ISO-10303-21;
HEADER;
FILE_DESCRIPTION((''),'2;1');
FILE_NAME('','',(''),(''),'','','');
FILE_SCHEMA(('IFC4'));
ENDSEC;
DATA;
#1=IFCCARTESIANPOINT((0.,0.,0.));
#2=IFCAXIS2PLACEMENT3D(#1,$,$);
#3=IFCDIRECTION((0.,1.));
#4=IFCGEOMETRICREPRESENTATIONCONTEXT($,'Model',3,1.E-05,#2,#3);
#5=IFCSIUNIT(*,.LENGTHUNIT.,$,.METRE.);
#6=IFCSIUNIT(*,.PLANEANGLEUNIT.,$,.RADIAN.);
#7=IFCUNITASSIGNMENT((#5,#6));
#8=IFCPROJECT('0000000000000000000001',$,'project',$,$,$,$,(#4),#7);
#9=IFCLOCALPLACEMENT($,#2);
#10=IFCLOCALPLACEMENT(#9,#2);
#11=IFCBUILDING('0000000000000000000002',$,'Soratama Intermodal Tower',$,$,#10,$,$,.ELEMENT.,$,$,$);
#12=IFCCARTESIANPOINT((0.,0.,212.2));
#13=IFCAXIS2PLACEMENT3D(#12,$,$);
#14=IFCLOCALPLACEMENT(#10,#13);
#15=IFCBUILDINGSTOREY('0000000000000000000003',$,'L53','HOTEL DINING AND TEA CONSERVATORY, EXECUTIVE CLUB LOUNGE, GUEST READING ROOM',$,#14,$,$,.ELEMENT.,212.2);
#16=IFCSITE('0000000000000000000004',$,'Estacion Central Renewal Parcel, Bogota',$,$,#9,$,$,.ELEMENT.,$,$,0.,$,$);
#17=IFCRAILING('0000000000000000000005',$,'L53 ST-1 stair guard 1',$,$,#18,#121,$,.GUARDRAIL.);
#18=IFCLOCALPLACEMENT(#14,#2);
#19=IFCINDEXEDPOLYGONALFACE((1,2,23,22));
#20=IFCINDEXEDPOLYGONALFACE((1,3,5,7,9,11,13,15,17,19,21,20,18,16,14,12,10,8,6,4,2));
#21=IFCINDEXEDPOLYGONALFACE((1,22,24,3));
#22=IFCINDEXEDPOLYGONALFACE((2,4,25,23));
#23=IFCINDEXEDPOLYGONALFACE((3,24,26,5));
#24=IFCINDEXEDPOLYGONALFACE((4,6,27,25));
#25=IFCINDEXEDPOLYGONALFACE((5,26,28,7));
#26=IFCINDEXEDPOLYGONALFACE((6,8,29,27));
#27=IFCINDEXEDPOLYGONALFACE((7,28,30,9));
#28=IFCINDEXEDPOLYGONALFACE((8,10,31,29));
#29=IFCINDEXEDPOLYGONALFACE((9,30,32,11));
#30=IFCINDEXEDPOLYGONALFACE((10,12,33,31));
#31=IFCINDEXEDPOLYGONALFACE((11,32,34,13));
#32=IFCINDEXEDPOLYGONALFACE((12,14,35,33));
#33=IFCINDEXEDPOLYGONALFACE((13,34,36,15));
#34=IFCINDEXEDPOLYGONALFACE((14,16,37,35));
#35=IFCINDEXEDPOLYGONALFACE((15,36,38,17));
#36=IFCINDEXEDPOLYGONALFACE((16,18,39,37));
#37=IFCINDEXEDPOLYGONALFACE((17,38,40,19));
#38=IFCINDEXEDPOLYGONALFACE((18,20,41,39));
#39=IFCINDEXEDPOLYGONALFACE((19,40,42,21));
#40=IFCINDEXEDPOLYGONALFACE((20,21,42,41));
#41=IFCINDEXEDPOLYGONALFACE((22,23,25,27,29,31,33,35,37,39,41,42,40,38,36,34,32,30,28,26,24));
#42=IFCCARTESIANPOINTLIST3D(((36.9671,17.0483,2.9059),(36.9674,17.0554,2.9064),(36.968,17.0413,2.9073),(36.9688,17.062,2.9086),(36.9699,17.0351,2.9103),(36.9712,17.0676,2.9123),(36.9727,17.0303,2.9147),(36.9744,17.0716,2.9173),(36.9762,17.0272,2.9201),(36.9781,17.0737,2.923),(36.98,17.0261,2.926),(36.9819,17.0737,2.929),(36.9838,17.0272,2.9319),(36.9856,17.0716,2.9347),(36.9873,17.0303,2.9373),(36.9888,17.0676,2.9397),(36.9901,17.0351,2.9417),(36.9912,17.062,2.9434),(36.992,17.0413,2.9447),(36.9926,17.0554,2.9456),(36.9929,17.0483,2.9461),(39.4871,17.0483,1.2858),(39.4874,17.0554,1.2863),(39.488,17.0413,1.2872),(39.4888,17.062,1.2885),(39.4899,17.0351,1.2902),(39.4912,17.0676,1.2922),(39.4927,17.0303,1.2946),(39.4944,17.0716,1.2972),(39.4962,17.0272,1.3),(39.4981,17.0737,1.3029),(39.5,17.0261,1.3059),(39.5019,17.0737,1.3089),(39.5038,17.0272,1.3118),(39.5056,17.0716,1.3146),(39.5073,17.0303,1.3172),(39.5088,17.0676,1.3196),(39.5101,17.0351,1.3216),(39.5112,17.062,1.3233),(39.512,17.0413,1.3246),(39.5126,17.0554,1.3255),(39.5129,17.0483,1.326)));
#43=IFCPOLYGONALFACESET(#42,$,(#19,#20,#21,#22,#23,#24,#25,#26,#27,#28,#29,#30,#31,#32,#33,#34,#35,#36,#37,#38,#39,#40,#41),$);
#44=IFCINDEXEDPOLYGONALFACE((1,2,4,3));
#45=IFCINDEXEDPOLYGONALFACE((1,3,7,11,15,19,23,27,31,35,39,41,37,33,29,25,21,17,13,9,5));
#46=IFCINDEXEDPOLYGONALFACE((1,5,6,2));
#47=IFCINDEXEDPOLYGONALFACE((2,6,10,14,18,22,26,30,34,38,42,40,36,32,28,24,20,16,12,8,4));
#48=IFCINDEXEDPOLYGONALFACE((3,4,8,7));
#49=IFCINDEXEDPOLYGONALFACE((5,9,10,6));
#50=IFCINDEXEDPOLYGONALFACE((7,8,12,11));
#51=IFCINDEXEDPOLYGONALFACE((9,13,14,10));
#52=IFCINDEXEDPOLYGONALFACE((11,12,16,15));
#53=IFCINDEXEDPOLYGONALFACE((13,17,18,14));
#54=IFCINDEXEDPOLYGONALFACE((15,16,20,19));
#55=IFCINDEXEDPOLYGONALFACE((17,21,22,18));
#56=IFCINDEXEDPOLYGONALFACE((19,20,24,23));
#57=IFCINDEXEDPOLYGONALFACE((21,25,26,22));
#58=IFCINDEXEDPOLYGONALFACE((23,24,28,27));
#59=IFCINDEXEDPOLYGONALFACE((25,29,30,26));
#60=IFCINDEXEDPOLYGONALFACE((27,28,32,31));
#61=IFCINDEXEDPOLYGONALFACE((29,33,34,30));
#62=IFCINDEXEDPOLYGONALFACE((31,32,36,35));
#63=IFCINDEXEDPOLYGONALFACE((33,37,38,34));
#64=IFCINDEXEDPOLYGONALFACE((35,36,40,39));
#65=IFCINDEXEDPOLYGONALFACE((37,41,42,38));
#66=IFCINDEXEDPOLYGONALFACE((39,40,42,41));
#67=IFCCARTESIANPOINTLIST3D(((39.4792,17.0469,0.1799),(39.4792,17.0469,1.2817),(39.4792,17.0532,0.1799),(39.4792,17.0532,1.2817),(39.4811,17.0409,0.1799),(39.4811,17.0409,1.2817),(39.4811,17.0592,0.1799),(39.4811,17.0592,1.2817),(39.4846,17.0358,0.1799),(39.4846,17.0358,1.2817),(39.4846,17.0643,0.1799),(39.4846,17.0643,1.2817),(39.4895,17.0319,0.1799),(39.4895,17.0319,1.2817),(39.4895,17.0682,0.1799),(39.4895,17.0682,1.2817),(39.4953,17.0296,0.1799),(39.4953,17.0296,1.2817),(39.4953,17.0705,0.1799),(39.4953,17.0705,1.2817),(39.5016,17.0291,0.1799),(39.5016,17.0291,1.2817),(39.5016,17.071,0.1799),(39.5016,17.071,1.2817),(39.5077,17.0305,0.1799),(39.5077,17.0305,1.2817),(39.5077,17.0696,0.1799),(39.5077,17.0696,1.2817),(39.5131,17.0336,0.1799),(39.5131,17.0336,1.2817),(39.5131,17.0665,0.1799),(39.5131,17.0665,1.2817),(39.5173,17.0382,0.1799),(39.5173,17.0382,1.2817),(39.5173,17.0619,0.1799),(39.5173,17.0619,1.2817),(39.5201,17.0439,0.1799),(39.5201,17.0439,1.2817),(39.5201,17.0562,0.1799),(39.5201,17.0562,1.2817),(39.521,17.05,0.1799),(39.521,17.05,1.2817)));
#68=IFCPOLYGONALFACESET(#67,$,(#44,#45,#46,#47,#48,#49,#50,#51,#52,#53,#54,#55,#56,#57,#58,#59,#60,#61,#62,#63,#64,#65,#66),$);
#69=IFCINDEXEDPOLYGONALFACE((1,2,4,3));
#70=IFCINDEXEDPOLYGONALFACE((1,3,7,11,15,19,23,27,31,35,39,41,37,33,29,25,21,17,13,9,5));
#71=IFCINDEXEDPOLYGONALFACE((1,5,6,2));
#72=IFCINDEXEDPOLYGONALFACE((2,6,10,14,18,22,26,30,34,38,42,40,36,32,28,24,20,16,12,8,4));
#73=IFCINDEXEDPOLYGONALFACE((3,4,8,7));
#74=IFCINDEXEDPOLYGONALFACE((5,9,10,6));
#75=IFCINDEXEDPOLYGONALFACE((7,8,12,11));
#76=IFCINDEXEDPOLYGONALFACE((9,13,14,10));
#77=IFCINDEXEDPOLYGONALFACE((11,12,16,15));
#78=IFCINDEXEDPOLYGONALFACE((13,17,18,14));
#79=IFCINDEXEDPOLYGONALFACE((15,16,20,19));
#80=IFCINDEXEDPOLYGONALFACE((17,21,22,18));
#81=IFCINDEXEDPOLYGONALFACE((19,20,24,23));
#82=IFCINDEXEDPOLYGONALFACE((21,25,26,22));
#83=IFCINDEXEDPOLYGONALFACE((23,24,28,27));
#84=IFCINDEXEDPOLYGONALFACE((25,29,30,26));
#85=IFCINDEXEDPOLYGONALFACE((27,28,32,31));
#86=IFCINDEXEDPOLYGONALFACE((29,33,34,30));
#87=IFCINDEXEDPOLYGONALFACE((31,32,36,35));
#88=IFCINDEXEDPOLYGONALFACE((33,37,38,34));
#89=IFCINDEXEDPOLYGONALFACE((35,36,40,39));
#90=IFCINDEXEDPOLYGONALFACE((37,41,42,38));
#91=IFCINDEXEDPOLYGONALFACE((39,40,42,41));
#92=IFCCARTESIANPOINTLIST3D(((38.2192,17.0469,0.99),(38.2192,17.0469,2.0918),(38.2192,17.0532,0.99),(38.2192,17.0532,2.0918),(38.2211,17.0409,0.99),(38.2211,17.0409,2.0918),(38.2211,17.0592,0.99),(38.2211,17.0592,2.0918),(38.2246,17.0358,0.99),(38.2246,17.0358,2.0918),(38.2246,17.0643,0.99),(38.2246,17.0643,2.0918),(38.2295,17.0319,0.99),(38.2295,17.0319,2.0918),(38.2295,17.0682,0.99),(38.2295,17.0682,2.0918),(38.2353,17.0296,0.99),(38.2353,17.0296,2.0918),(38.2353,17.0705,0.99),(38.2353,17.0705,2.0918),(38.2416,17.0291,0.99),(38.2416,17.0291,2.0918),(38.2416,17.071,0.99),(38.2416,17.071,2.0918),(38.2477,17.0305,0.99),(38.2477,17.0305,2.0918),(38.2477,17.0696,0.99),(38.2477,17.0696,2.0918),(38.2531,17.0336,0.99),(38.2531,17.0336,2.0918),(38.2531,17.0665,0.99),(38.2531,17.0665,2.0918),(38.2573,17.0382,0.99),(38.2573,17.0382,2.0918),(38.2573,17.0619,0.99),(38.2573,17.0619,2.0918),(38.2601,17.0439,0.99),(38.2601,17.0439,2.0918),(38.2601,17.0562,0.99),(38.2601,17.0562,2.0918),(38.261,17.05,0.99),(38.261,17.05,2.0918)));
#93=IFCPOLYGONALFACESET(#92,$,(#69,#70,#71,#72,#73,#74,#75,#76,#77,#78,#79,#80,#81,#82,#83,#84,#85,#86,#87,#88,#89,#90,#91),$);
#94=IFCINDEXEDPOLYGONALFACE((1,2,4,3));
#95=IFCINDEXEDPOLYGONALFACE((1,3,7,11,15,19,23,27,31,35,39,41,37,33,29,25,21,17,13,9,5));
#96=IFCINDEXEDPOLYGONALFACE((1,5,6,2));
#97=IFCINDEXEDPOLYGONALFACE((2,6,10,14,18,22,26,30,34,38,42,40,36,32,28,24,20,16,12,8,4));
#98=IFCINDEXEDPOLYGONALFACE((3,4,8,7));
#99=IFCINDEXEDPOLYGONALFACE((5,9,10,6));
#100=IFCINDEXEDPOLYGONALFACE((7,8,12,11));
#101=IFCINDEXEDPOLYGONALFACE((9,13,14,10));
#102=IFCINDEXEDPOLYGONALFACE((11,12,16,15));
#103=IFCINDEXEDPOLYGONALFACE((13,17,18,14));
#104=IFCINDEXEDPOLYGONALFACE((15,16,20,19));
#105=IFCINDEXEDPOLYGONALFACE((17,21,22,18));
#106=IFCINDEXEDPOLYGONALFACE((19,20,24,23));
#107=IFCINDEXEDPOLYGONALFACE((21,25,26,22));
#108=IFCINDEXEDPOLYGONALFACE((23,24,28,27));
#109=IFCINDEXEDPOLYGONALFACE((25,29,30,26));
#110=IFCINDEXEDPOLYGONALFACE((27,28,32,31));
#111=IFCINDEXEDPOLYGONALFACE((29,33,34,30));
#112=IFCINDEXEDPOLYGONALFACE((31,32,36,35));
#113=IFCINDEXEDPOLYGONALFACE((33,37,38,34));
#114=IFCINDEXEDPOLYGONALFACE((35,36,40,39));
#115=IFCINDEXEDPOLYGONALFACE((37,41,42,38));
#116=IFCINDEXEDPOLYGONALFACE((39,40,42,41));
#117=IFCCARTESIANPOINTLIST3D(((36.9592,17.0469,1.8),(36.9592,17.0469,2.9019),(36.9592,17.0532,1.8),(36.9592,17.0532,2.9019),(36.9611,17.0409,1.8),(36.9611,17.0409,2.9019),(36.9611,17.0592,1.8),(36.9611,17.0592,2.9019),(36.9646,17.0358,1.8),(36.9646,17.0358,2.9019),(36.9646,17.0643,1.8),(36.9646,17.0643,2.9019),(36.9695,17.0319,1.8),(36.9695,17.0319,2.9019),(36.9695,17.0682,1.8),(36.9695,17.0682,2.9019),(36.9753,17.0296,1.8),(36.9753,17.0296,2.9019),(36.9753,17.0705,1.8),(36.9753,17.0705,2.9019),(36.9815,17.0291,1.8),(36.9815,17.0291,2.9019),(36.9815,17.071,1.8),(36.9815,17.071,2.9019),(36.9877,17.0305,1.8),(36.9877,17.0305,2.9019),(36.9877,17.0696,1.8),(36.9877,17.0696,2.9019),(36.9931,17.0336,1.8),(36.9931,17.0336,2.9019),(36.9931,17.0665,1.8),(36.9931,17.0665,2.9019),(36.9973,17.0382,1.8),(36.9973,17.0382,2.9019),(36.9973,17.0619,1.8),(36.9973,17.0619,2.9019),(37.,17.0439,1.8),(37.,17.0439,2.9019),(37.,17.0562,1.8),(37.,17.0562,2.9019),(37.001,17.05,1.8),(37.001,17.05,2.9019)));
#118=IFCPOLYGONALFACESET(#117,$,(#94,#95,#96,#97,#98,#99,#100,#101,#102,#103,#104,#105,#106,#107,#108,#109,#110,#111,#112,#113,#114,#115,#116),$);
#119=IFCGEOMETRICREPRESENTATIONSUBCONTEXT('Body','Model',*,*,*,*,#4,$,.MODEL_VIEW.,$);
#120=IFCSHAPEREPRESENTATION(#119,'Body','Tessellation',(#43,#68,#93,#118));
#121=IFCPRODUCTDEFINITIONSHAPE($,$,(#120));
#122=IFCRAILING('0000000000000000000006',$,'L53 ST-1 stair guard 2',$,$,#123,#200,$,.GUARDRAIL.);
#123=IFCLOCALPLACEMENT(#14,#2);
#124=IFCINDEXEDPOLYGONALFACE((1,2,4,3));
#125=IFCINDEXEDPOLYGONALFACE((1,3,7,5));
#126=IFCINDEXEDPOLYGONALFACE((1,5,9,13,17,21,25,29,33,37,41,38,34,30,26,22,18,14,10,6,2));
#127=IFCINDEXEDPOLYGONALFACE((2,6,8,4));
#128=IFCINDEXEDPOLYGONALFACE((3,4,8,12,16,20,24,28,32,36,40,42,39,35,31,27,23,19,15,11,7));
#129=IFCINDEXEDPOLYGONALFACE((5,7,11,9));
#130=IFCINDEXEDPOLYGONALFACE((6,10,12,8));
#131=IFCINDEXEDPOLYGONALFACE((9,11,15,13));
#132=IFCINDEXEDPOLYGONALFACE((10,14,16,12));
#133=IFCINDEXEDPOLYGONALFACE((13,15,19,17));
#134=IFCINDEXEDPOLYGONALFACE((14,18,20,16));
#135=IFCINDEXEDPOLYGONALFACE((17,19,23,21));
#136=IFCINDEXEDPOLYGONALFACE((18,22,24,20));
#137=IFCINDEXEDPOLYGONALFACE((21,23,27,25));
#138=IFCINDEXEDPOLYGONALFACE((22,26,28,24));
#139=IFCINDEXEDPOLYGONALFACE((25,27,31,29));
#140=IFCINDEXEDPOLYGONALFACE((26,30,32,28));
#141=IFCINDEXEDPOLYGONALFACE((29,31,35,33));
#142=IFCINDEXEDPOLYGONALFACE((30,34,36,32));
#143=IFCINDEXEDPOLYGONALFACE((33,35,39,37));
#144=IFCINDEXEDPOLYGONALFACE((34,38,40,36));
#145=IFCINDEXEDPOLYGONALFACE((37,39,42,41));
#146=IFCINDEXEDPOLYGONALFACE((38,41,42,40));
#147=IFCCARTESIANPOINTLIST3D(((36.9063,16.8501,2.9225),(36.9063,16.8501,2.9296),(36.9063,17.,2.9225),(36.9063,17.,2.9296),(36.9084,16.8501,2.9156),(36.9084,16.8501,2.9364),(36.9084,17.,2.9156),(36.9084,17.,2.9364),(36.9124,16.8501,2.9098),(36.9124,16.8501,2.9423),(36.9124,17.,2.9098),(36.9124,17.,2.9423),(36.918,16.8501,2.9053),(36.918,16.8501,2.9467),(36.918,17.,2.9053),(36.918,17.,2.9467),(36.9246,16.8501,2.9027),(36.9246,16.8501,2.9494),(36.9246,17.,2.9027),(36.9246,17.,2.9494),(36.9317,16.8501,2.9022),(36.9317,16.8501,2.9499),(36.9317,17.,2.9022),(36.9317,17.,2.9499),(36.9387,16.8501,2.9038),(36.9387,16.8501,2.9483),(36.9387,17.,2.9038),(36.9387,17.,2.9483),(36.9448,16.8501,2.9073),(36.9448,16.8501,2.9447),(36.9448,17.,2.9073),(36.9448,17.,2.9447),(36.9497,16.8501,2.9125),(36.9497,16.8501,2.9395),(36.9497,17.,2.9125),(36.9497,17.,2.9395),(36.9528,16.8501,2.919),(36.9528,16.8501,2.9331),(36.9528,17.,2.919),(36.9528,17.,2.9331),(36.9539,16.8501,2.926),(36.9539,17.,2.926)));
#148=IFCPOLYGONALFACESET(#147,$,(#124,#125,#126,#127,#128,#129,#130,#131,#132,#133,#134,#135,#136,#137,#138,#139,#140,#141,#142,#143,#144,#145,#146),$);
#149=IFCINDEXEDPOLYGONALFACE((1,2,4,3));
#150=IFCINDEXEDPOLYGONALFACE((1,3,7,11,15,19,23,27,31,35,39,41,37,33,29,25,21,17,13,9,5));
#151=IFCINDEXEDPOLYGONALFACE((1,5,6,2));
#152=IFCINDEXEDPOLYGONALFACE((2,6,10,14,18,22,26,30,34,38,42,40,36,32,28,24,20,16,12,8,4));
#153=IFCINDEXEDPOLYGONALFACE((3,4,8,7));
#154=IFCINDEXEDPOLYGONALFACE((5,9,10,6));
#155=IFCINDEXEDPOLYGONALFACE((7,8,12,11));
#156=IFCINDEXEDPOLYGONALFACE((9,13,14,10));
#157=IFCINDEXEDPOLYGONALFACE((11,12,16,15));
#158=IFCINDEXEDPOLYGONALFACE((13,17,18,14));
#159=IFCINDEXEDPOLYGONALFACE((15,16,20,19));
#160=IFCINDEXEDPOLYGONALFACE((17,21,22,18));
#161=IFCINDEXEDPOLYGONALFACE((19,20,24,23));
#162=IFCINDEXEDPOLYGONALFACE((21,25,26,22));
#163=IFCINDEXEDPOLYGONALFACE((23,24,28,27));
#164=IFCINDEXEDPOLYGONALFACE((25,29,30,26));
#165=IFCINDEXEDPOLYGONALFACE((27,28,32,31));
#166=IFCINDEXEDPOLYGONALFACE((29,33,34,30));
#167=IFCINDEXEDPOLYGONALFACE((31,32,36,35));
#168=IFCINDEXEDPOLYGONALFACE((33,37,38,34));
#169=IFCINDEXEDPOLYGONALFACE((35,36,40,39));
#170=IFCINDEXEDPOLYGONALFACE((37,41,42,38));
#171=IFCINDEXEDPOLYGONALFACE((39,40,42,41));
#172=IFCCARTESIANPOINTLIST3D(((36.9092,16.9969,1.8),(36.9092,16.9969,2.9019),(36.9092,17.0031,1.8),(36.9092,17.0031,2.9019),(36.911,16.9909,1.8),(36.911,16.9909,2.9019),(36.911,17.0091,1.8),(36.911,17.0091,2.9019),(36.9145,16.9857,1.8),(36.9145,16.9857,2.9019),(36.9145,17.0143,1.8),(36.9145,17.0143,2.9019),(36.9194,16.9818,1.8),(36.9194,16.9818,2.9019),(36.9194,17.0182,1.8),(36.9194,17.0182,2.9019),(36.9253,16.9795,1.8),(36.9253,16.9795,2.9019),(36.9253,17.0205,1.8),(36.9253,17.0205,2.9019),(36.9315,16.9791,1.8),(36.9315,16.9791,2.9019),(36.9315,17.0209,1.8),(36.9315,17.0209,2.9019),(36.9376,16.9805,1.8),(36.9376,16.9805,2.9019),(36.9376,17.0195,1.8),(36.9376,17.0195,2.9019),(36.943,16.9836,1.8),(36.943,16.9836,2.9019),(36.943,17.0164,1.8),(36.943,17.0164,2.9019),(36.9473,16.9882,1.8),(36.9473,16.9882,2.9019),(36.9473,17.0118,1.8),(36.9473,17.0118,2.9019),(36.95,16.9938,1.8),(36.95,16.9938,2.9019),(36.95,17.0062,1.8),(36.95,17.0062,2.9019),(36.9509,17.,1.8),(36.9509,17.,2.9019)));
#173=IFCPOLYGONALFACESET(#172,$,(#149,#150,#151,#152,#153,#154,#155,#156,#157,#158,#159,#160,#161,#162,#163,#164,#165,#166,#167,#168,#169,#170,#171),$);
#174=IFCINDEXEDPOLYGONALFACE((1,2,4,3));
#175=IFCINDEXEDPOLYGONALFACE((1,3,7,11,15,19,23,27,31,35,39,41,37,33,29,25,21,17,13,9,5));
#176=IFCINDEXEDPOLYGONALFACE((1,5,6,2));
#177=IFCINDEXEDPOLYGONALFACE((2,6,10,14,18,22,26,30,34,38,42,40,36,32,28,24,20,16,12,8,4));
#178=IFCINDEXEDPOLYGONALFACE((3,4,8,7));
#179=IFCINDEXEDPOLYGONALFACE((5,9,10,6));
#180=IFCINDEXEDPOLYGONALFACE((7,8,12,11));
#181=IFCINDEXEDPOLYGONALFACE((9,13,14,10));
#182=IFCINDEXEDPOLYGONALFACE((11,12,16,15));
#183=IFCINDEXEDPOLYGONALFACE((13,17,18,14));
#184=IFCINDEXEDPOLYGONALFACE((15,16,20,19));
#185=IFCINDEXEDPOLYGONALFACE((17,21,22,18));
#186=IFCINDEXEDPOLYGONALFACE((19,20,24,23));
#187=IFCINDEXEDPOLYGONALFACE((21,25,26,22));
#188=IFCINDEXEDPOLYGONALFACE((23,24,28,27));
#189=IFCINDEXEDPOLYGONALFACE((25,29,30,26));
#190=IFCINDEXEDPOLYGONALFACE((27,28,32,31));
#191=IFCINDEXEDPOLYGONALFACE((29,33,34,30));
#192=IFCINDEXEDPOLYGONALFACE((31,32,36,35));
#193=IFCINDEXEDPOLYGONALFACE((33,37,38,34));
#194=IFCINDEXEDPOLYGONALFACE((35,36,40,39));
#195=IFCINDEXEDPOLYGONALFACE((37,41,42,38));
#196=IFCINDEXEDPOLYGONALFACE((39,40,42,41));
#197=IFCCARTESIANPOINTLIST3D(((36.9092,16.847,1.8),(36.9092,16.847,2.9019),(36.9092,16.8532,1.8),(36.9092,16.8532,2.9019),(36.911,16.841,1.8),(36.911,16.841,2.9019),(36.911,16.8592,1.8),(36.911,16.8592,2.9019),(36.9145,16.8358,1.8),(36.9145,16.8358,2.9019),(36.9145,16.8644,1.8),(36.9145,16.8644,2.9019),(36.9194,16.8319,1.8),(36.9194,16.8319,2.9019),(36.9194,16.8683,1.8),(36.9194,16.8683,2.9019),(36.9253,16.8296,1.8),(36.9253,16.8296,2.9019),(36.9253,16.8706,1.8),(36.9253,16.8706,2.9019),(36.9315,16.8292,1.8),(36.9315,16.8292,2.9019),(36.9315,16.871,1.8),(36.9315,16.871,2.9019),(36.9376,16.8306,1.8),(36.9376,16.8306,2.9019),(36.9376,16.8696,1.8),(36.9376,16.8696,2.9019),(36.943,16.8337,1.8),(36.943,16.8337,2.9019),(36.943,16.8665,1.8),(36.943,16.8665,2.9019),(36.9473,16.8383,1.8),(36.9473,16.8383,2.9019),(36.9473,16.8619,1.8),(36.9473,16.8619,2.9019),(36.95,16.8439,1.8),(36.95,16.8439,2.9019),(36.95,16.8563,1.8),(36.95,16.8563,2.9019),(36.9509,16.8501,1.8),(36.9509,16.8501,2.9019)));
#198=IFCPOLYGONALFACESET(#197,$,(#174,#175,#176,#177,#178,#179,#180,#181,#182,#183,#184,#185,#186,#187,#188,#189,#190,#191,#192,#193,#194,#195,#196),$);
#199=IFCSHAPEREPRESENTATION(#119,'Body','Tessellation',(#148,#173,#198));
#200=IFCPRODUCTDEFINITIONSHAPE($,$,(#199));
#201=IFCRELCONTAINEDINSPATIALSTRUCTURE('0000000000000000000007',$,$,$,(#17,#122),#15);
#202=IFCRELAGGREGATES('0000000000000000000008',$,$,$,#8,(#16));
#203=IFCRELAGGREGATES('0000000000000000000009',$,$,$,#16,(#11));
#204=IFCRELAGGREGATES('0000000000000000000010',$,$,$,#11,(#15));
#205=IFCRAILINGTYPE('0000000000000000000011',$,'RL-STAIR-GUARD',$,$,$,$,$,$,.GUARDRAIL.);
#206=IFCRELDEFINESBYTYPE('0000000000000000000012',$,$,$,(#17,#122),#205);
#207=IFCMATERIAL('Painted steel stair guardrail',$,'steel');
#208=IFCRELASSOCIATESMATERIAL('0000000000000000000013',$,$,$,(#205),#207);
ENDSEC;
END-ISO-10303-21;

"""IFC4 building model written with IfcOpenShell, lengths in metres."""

from ifc_helpers import new_model, si_unit, direction, frame, origin, origin_2d, place, context, subcontext, project, spatial, circle, extrude, material, type_object, element, save


model = new_model("IFC4")

# Units and contexts
model_context = context("Model", 3, precision=1e-05, world=origin(), true_north=direction((0.0, 1.0)))
body_context = subcontext(model_context, "Body", "Model", "MODEL_VIEW")
ifc_project = project(units=[si_unit("LENGTHUNIT", "METRE"), si_unit("PLANEANGLEUNIT", "RADIAN")], contexts=[model_context])

# Site, building, storey
site_placement = place(None, origin())
site = spatial("IfcSite", under=ifc_project, at=site_placement, Name="Estacion Central Renewal Parcel, Bogota", CompositionType="ELEMENT", RefElevation=0.0)
building_placement = place(site_placement, origin())
building = spatial("IfcBuilding", under=site, at=building_placement, Name="Soratama Intermodal Tower", CompositionType="ELEMENT")
storey_placement = place(building_placement, frame((0.0, 0.0, 212.2)))
storey = spatial("IfcBuildingStorey", under=building, at=storey_placement, Name="L53", Description="HOTEL DINING AND TEA CONSERVATORY, EXECUTIVE CLUB LOUNGE, GUEST READING ROOM", CompositionType="ELEMENT", Elevation=212.2)

# Railings
ifc_material_1 = material(Name="Painted steel stair guardrail", Category="steel")
railing_type_1 = type_object("IfcRailingType", Name="RL-STAIR-GUARD", PredefinedType="GUARDRAIL", material=ifc_material_1)
railing_1_placement = place(storey_placement, frame((39.5, 17.05, 0.1799)))
element("IfcRailing", 1, at=railing_1_placement, inside=storey, type_object=railing_type_1, Name="L53 ST-1 stair guard 1", PredefinedType="GUARDRAIL", context=body_context, shape_type="SweptSolid", body=[
    extrude(circle(Radius=0.0239, at=origin_2d()), frame((0.0, 0.0, 1.126), z_axis=(-0.841163, 0.0, 0.540782), x_axis=(0.0, -1.0, 0.0)), (0.0, 0.0, 1.0), 2.9958),
    extrude(circle(Radius=0.021, at=origin_2d()), origin(), (0.0, 0.0, 1.0), 1.1018),
    extrude(circle(Radius=0.021, at=origin_2d()), frame((-1.26, 0.0, 0.8101)), (0.0, 0.0, 1.0), 1.1018),
    extrude(circle(Radius=0.021, at=origin_2d()), frame((-2.52, 0.0, 1.6201)), (0.0, 0.0, 1.0), 1.1018),
])
railing_2_placement = place(storey_placement, frame((36.9299, 17.0, 1.8)))
element("IfcRailing", 2, at=railing_2_placement, inside=storey, type_object=railing_type_1, Name="L53 ST-1 stair guard 2", PredefinedType="GUARDRAIL", context=body_context, shape_type="SweptSolid", body=[
    extrude(circle(Radius=0.0239, at=origin_2d()), frame((0.0, 0.0, 1.126), z_axis=(0.0, -1.0, 0.0), x_axis=(1.0, 0.0, 0.0)), (0.0, 0.0, 1.0), 0.1499),
    extrude(circle(Radius=0.021, at=origin_2d()), origin(), (0.0, 0.0, 1.0), 1.1018),
    extrude(circle(Radius=0.021, at=origin_2d()), frame((0.0, -0.1499, 0.0)), (0.0, 0.0, 1.0), 1.1018),
])

save(model, "model.ifc")
